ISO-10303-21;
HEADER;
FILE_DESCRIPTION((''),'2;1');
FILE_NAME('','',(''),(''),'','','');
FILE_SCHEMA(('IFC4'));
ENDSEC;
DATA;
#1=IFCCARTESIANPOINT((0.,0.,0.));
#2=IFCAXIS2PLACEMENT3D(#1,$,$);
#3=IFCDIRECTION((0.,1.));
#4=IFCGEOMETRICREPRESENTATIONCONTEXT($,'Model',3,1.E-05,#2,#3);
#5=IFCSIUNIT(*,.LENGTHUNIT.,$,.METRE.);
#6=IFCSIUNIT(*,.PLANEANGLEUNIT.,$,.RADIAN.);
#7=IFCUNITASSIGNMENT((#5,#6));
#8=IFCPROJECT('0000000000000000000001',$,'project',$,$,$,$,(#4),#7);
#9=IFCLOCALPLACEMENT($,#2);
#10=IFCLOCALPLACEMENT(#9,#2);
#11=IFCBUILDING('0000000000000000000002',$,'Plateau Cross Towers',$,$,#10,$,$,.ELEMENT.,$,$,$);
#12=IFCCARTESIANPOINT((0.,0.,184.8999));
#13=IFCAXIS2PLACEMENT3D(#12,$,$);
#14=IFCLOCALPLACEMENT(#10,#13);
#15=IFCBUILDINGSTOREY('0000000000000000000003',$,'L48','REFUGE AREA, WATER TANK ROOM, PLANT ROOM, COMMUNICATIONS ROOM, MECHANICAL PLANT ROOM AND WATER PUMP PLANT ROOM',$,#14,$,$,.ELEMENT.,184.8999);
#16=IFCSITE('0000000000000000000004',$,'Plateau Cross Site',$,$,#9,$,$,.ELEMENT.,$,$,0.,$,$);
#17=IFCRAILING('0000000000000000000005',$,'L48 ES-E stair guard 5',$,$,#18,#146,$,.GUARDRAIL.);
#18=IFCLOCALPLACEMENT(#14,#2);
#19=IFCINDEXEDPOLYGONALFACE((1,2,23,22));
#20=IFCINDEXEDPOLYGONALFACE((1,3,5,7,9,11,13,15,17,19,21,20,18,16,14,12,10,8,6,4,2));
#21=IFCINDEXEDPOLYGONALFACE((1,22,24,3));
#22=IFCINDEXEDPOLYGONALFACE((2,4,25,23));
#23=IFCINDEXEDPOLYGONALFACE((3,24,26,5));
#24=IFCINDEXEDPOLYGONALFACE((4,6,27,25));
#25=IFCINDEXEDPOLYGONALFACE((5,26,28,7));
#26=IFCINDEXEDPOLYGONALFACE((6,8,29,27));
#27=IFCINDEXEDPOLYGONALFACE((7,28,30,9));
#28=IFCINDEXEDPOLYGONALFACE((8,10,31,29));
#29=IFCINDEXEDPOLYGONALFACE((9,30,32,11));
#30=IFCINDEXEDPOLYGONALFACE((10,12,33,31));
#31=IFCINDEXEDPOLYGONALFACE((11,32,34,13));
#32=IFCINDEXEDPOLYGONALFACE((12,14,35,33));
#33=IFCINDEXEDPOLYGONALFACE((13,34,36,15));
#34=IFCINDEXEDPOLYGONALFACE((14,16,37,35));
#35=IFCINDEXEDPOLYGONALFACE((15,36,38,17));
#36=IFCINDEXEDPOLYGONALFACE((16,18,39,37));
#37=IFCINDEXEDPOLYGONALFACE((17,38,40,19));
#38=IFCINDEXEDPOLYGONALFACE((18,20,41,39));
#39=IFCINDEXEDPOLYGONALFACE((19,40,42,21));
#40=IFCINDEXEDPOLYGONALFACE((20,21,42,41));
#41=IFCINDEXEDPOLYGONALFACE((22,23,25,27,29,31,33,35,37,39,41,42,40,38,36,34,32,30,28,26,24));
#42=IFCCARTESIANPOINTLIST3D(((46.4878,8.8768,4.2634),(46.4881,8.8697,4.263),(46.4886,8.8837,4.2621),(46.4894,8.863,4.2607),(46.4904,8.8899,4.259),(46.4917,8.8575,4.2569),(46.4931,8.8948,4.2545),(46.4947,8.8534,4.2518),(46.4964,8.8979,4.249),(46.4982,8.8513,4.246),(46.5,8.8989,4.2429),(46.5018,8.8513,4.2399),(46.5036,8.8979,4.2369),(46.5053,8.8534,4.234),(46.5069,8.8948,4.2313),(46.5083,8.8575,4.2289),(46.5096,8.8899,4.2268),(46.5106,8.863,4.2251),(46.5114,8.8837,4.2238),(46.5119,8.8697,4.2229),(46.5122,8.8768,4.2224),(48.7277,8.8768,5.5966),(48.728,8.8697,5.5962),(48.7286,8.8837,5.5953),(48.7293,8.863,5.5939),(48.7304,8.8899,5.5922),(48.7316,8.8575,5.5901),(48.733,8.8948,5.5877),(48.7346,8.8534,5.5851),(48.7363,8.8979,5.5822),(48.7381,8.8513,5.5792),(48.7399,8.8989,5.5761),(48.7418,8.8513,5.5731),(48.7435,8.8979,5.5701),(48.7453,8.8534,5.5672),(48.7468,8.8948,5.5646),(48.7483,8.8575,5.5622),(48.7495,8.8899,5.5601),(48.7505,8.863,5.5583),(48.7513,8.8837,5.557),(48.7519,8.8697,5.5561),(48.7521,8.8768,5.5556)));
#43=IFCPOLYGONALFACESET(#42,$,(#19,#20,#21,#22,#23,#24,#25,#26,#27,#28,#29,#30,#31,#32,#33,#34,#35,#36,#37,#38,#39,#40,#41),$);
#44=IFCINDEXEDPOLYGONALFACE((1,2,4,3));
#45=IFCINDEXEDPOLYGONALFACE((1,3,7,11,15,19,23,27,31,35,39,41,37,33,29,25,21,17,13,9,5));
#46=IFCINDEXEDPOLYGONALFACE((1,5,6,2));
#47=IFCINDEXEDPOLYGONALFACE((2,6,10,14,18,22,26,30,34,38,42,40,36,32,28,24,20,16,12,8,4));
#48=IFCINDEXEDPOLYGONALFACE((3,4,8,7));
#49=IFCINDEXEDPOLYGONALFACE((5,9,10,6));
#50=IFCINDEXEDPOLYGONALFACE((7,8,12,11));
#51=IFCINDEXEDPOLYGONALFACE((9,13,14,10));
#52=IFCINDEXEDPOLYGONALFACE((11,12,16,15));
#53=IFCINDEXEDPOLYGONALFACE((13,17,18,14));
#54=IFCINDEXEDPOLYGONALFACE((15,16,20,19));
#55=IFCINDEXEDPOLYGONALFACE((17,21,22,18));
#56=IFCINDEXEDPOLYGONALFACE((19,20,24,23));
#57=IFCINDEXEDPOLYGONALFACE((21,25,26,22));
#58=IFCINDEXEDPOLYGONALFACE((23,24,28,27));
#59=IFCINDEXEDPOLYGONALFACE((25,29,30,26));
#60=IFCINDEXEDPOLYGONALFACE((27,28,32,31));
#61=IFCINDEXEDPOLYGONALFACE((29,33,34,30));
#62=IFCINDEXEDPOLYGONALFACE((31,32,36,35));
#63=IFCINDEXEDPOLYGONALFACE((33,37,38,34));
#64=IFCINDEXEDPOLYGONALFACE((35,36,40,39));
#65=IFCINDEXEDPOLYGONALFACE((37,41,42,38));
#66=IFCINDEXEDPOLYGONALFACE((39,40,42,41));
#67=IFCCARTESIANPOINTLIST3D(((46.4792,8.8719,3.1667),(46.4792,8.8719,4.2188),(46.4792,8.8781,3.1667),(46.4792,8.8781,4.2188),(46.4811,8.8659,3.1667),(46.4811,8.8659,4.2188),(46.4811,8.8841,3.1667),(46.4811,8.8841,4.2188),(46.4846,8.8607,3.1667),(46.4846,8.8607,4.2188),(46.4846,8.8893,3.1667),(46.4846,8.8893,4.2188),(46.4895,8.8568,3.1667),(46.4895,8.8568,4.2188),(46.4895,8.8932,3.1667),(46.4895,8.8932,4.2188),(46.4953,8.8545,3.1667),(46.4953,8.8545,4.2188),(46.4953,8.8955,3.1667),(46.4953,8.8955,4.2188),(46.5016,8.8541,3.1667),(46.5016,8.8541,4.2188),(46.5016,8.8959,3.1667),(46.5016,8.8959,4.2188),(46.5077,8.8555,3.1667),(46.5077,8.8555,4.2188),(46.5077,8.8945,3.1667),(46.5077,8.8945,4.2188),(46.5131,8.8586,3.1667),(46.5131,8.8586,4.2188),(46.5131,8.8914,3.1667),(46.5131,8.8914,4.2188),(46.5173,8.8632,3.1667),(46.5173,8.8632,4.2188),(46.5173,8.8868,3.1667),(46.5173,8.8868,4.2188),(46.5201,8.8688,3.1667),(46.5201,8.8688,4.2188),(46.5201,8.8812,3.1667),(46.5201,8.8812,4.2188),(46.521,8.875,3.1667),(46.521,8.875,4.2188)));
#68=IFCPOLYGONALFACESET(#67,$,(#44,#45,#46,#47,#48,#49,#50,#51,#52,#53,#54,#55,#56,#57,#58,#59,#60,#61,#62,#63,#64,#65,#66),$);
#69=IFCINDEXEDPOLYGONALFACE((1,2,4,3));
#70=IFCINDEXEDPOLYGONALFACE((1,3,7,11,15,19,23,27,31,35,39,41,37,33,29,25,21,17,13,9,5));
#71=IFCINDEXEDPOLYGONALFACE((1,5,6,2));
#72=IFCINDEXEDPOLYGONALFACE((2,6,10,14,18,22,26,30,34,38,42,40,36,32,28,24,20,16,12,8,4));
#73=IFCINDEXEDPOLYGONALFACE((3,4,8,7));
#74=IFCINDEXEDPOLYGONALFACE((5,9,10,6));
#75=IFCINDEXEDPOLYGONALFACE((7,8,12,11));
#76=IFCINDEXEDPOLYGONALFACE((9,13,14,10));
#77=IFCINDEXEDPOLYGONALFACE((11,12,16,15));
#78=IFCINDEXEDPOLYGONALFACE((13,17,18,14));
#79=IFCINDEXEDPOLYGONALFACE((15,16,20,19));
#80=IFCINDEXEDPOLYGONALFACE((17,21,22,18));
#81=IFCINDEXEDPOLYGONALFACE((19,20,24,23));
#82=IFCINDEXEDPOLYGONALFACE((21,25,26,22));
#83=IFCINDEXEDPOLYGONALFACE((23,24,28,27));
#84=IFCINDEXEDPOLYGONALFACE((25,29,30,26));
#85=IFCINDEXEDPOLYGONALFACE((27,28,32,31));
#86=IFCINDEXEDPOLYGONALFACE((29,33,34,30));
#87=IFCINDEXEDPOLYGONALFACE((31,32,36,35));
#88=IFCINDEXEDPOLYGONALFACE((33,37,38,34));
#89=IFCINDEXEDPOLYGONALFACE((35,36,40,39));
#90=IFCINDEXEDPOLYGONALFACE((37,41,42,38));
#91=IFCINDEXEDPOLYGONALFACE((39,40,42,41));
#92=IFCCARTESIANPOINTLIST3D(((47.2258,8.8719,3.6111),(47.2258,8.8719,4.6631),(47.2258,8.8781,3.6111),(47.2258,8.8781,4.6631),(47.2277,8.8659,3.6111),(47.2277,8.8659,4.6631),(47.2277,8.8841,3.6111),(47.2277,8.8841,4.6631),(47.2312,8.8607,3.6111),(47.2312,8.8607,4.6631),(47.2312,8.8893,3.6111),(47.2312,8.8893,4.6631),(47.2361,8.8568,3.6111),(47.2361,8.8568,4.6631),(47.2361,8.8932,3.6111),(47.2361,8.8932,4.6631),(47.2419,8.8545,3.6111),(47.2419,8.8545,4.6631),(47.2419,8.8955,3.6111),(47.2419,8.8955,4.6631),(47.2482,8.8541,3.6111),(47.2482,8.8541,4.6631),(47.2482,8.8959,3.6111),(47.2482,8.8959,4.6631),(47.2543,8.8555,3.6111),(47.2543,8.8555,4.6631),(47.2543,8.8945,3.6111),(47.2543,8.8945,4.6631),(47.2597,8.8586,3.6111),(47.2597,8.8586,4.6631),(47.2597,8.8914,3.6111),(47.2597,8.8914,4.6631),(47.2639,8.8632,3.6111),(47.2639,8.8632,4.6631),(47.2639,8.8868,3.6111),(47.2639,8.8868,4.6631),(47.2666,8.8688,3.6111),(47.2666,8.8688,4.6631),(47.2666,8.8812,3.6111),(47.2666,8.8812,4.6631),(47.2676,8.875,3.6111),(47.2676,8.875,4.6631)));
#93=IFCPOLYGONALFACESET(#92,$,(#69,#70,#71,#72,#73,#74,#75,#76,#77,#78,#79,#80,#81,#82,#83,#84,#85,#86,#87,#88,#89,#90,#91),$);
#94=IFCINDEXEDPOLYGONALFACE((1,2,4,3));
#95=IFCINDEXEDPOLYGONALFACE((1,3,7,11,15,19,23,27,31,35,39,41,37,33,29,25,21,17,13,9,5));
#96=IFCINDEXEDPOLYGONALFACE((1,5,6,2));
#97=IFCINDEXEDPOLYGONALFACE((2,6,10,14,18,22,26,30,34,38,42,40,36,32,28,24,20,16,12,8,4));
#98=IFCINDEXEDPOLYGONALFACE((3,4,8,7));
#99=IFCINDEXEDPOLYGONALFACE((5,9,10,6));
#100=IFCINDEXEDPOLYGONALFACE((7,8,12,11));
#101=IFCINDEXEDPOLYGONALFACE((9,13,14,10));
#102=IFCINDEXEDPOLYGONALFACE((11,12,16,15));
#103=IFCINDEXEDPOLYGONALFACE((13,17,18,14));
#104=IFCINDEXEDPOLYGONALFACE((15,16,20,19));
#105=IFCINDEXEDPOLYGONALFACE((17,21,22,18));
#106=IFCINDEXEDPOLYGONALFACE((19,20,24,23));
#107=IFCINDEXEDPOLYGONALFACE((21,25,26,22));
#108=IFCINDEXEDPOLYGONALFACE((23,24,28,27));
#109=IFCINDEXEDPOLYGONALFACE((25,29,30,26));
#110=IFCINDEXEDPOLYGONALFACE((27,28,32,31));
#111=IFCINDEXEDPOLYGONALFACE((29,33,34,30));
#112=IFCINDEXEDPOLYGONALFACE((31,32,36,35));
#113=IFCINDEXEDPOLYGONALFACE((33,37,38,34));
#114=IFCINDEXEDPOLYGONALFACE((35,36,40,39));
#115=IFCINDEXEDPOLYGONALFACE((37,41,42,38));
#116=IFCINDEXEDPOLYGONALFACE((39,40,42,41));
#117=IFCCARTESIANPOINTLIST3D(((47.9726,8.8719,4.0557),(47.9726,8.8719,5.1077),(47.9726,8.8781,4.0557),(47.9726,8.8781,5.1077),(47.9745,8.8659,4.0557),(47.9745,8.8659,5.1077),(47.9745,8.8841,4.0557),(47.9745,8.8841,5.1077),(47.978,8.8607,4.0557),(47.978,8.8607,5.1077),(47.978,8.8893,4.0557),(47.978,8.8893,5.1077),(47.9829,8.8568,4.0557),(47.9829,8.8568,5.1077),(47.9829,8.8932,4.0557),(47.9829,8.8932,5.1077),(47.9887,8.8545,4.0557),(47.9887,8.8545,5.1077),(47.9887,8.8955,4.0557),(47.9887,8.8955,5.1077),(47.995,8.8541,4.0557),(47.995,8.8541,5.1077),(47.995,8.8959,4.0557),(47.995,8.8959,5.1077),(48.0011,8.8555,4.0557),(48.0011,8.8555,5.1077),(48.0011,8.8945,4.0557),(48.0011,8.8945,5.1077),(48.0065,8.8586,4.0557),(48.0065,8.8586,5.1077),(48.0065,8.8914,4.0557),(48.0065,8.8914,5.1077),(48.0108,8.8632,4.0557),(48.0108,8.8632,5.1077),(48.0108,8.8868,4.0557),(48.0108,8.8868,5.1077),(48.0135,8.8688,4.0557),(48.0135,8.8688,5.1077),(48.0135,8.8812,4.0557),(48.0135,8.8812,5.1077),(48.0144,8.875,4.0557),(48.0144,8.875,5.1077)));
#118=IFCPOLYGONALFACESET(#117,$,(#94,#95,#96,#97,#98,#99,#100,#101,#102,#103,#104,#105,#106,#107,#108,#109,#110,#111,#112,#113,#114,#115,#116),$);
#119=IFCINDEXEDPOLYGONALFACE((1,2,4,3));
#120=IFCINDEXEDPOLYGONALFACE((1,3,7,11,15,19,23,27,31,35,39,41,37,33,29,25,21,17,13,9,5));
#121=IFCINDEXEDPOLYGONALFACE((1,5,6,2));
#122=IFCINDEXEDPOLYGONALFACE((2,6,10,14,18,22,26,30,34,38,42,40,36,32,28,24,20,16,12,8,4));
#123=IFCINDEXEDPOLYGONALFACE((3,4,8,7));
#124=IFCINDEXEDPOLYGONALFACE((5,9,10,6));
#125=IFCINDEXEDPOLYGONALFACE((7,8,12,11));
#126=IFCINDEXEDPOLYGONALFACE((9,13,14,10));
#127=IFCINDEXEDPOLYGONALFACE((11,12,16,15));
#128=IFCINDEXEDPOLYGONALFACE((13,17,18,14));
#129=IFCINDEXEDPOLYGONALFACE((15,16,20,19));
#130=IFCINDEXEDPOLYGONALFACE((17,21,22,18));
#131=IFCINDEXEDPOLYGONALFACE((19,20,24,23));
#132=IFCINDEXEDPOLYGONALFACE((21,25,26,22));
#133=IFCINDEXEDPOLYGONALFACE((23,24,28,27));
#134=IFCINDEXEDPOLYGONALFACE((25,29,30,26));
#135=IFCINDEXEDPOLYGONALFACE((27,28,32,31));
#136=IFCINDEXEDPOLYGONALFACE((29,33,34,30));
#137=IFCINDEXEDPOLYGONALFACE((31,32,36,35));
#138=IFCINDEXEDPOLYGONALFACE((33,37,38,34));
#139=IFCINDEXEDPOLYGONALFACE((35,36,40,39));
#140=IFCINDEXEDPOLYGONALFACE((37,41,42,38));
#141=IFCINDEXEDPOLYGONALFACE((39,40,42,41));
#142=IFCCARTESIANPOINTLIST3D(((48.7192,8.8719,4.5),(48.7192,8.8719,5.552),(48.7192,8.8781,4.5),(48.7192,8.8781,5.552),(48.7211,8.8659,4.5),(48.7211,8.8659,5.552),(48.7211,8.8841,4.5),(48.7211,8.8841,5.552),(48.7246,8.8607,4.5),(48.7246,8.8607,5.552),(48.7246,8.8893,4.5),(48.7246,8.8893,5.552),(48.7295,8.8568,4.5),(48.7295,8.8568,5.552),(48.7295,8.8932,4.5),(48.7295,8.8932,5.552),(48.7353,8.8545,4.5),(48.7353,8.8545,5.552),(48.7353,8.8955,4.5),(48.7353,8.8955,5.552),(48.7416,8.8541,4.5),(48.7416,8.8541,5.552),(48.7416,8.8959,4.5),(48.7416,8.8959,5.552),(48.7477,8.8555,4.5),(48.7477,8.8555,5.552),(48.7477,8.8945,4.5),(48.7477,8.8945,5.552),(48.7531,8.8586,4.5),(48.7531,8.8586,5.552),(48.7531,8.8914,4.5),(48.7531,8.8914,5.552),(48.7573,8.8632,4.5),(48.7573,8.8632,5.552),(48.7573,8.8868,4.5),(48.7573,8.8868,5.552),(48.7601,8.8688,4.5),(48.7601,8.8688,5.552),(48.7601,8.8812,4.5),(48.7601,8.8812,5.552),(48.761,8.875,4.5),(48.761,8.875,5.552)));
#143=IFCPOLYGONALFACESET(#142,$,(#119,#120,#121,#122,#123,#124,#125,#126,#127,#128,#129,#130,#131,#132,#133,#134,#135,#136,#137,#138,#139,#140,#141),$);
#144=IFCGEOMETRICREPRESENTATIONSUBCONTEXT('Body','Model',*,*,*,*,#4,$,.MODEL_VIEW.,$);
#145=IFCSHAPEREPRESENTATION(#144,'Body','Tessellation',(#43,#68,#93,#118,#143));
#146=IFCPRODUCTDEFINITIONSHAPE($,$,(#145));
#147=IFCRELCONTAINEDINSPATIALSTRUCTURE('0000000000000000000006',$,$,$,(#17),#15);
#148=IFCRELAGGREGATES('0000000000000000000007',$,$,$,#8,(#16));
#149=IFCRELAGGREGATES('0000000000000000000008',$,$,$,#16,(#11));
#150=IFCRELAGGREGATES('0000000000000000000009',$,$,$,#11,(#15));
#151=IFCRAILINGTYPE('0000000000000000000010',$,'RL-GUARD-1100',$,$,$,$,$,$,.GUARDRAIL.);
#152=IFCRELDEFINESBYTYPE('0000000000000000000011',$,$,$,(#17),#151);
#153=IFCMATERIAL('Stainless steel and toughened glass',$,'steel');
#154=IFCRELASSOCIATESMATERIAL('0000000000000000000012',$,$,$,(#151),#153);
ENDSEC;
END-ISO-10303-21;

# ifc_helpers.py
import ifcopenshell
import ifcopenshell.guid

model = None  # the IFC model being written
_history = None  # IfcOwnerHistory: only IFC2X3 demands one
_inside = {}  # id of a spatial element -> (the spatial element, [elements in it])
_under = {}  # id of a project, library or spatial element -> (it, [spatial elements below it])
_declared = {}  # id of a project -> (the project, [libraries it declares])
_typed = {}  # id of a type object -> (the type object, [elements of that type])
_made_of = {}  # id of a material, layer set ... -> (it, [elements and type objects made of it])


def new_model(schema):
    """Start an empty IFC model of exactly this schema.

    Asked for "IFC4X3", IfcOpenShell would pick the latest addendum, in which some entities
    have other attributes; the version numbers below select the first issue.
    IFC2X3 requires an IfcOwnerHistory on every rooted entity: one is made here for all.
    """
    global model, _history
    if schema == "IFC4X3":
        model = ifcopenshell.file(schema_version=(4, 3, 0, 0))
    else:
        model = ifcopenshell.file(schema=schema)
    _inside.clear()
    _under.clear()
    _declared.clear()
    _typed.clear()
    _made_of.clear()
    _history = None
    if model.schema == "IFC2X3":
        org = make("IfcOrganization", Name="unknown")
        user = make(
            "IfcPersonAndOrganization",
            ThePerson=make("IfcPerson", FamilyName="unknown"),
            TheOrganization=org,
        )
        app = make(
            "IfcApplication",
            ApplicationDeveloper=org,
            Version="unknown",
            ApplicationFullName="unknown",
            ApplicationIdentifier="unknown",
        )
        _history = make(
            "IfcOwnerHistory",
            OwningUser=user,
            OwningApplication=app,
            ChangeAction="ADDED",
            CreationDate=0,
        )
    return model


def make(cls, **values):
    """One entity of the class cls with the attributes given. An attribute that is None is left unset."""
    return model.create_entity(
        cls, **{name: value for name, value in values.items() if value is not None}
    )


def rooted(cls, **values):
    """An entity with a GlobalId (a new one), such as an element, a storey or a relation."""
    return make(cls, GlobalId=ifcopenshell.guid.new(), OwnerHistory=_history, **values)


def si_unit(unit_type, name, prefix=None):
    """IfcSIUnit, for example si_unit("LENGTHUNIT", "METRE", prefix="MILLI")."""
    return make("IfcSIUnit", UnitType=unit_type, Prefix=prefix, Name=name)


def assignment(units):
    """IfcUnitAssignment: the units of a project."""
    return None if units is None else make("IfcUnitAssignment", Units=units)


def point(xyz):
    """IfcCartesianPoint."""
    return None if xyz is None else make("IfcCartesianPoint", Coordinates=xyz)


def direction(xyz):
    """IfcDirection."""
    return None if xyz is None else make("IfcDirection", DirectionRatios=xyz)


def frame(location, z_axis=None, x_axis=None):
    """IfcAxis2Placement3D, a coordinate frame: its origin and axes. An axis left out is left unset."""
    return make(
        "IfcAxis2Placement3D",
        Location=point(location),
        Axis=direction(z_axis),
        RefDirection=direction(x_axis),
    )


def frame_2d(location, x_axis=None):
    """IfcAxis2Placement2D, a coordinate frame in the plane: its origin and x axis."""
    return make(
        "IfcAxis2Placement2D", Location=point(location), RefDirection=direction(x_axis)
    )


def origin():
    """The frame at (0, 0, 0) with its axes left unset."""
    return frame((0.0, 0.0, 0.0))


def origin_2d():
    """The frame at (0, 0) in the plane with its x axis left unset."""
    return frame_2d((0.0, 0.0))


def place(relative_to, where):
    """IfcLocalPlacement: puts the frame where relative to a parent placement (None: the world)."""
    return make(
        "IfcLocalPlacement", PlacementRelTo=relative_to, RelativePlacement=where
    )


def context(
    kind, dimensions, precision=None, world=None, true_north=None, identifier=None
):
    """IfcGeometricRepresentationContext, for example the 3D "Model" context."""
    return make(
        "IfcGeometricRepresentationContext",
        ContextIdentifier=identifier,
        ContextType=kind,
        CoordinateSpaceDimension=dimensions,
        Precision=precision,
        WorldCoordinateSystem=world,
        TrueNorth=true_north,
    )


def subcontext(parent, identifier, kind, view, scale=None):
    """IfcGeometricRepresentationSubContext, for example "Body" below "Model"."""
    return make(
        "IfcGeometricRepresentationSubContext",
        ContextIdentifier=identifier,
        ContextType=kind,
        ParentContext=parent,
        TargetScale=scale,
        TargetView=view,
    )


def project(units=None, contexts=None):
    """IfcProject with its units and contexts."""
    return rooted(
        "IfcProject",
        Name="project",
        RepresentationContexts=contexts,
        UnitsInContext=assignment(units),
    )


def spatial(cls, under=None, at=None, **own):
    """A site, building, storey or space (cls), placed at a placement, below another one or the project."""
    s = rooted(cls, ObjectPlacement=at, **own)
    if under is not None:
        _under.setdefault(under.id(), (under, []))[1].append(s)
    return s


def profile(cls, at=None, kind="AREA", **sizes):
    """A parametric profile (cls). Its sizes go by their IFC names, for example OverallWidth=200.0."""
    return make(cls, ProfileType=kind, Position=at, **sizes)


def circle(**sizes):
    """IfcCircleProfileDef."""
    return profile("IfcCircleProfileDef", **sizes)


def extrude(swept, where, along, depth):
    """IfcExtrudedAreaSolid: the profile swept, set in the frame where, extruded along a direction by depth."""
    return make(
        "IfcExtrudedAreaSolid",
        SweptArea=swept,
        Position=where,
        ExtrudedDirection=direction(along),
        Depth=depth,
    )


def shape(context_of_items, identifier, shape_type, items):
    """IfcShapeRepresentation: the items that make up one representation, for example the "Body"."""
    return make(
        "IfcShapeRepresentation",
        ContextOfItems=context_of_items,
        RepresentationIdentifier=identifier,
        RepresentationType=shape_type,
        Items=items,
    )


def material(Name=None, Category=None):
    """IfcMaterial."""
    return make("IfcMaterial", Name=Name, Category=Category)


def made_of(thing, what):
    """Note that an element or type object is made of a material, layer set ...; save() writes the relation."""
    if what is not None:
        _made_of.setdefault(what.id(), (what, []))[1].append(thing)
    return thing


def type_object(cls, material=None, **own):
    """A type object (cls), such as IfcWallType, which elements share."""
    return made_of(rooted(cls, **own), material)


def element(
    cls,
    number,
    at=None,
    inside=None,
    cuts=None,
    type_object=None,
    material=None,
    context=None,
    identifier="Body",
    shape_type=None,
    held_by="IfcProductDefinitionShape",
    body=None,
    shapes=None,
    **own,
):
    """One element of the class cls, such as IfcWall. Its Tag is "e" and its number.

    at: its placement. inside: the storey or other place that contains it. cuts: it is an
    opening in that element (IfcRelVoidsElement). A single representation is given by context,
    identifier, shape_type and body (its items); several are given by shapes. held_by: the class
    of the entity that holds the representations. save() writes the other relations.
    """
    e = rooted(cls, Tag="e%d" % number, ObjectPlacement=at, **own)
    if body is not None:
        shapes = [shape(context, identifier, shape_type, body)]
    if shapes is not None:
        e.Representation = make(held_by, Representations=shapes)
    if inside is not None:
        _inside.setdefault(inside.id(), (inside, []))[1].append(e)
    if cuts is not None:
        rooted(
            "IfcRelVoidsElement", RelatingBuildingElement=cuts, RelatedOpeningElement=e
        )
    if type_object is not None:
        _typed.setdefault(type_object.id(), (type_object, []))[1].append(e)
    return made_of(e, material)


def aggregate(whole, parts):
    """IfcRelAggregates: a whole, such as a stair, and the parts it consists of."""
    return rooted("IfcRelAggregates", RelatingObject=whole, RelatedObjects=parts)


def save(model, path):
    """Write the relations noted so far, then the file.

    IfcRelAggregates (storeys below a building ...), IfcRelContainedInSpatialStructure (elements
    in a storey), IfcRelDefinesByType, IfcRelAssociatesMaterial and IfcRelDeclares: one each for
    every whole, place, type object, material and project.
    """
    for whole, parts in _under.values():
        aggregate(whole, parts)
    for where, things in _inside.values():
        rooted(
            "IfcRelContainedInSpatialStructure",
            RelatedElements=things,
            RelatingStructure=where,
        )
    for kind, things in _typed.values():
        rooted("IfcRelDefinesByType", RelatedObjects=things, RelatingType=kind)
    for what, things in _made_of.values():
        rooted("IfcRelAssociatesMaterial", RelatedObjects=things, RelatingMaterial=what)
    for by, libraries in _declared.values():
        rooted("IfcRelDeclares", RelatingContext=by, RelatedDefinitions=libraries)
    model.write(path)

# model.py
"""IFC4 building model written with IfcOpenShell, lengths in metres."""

from ifc_helpers import new_model, si_unit, direction, frame, origin, origin_2d, place, context, subcontext, project, spatial, circle, extrude, material, type_object, element, save


model = new_model("IFC4")

# Units and contexts
model_context = context("Model", 3, precision=1e-05, world=origin(), true_north=direction((0.0, 1.0)))
body_context = subcontext(model_context, "Body", "Model", "MODEL_VIEW")
ifc_project = project(units=[si_unit("LENGTHUNIT", "METRE"), si_unit("PLANEANGLEUNIT", "RADIAN")], contexts=[model_context])

# Site, building, storey
site_placement = place(None, origin())
site = spatial("IfcSite", under=ifc_project, at=site_placement, Name="Plateau Cross Site", CompositionType="ELEMENT", RefElevation=0.0)
building_placement = place(site_placement, origin())
building = spatial("IfcBuilding", under=site, at=building_placement, Name="Plateau Cross Towers", CompositionType="ELEMENT")
storey_placement = place(building_placement, frame((0.0, 0.0, 184.8999)))
storey = spatial("IfcBuildingStorey", under=building, at=storey_placement, Name="L48", Description="REFUGE AREA, WATER TANK ROOM, PLANT ROOM, COMMUNICATIONS ROOM, MECHANICAL PLANT ROOM AND WATER PUMP PLANT ROOM", CompositionType="ELEMENT", Elevation=184.8999)

# Railing
ifc_material_1 = material(Name="Stainless steel and toughened glass", Category="steel")
railing_type_1 = type_object("IfcRailingType", Name="RL-GUARD-1100", PredefinedType="GUARDRAIL", material=ifc_material_1)
railing_1_placement = place(storey_placement, frame((46.5, 8.875, 3.1667)))
element("IfcRailing", 1, at=railing_1_placement, inside=storey, type_object=railing_type_1, Name="L48 ES-E stair guard 5", PredefinedType="GUARDRAIL", context=body_context, shape_type="SweptSolid", body=[
    extrude(circle(Radius=0.0239, at=origin_2d()), frame((0.0, 0.0, 1.0762), z_axis=(0.859306, 0.0, 0.511462), x_axis=(0.0, 1.0, 0.0)), (0.0, 0.0, 1.0), 2.6067),
    extrude(circle(Radius=0.021, at=origin_2d()), origin(), (0.0, 0.0, 1.0), 1.052),
    extrude(circle(Radius=0.021, at=origin_2d()), frame((0.7466, 0.0, 0.4443)), (0.0, 0.0, 1.0), 1.052),
    extrude(circle(Radius=0.021, at=origin_2d()), frame((1.4934, 0.0, 0.8889)), (0.0, 0.0, 1.0), 1.052),
    extrude(circle(Radius=0.021, at=origin_2d()), frame((2.24, 0.0, 1.3333)), (0.0, 0.0, 1.0), 1.052),
])

save(model, "model.ifc")
